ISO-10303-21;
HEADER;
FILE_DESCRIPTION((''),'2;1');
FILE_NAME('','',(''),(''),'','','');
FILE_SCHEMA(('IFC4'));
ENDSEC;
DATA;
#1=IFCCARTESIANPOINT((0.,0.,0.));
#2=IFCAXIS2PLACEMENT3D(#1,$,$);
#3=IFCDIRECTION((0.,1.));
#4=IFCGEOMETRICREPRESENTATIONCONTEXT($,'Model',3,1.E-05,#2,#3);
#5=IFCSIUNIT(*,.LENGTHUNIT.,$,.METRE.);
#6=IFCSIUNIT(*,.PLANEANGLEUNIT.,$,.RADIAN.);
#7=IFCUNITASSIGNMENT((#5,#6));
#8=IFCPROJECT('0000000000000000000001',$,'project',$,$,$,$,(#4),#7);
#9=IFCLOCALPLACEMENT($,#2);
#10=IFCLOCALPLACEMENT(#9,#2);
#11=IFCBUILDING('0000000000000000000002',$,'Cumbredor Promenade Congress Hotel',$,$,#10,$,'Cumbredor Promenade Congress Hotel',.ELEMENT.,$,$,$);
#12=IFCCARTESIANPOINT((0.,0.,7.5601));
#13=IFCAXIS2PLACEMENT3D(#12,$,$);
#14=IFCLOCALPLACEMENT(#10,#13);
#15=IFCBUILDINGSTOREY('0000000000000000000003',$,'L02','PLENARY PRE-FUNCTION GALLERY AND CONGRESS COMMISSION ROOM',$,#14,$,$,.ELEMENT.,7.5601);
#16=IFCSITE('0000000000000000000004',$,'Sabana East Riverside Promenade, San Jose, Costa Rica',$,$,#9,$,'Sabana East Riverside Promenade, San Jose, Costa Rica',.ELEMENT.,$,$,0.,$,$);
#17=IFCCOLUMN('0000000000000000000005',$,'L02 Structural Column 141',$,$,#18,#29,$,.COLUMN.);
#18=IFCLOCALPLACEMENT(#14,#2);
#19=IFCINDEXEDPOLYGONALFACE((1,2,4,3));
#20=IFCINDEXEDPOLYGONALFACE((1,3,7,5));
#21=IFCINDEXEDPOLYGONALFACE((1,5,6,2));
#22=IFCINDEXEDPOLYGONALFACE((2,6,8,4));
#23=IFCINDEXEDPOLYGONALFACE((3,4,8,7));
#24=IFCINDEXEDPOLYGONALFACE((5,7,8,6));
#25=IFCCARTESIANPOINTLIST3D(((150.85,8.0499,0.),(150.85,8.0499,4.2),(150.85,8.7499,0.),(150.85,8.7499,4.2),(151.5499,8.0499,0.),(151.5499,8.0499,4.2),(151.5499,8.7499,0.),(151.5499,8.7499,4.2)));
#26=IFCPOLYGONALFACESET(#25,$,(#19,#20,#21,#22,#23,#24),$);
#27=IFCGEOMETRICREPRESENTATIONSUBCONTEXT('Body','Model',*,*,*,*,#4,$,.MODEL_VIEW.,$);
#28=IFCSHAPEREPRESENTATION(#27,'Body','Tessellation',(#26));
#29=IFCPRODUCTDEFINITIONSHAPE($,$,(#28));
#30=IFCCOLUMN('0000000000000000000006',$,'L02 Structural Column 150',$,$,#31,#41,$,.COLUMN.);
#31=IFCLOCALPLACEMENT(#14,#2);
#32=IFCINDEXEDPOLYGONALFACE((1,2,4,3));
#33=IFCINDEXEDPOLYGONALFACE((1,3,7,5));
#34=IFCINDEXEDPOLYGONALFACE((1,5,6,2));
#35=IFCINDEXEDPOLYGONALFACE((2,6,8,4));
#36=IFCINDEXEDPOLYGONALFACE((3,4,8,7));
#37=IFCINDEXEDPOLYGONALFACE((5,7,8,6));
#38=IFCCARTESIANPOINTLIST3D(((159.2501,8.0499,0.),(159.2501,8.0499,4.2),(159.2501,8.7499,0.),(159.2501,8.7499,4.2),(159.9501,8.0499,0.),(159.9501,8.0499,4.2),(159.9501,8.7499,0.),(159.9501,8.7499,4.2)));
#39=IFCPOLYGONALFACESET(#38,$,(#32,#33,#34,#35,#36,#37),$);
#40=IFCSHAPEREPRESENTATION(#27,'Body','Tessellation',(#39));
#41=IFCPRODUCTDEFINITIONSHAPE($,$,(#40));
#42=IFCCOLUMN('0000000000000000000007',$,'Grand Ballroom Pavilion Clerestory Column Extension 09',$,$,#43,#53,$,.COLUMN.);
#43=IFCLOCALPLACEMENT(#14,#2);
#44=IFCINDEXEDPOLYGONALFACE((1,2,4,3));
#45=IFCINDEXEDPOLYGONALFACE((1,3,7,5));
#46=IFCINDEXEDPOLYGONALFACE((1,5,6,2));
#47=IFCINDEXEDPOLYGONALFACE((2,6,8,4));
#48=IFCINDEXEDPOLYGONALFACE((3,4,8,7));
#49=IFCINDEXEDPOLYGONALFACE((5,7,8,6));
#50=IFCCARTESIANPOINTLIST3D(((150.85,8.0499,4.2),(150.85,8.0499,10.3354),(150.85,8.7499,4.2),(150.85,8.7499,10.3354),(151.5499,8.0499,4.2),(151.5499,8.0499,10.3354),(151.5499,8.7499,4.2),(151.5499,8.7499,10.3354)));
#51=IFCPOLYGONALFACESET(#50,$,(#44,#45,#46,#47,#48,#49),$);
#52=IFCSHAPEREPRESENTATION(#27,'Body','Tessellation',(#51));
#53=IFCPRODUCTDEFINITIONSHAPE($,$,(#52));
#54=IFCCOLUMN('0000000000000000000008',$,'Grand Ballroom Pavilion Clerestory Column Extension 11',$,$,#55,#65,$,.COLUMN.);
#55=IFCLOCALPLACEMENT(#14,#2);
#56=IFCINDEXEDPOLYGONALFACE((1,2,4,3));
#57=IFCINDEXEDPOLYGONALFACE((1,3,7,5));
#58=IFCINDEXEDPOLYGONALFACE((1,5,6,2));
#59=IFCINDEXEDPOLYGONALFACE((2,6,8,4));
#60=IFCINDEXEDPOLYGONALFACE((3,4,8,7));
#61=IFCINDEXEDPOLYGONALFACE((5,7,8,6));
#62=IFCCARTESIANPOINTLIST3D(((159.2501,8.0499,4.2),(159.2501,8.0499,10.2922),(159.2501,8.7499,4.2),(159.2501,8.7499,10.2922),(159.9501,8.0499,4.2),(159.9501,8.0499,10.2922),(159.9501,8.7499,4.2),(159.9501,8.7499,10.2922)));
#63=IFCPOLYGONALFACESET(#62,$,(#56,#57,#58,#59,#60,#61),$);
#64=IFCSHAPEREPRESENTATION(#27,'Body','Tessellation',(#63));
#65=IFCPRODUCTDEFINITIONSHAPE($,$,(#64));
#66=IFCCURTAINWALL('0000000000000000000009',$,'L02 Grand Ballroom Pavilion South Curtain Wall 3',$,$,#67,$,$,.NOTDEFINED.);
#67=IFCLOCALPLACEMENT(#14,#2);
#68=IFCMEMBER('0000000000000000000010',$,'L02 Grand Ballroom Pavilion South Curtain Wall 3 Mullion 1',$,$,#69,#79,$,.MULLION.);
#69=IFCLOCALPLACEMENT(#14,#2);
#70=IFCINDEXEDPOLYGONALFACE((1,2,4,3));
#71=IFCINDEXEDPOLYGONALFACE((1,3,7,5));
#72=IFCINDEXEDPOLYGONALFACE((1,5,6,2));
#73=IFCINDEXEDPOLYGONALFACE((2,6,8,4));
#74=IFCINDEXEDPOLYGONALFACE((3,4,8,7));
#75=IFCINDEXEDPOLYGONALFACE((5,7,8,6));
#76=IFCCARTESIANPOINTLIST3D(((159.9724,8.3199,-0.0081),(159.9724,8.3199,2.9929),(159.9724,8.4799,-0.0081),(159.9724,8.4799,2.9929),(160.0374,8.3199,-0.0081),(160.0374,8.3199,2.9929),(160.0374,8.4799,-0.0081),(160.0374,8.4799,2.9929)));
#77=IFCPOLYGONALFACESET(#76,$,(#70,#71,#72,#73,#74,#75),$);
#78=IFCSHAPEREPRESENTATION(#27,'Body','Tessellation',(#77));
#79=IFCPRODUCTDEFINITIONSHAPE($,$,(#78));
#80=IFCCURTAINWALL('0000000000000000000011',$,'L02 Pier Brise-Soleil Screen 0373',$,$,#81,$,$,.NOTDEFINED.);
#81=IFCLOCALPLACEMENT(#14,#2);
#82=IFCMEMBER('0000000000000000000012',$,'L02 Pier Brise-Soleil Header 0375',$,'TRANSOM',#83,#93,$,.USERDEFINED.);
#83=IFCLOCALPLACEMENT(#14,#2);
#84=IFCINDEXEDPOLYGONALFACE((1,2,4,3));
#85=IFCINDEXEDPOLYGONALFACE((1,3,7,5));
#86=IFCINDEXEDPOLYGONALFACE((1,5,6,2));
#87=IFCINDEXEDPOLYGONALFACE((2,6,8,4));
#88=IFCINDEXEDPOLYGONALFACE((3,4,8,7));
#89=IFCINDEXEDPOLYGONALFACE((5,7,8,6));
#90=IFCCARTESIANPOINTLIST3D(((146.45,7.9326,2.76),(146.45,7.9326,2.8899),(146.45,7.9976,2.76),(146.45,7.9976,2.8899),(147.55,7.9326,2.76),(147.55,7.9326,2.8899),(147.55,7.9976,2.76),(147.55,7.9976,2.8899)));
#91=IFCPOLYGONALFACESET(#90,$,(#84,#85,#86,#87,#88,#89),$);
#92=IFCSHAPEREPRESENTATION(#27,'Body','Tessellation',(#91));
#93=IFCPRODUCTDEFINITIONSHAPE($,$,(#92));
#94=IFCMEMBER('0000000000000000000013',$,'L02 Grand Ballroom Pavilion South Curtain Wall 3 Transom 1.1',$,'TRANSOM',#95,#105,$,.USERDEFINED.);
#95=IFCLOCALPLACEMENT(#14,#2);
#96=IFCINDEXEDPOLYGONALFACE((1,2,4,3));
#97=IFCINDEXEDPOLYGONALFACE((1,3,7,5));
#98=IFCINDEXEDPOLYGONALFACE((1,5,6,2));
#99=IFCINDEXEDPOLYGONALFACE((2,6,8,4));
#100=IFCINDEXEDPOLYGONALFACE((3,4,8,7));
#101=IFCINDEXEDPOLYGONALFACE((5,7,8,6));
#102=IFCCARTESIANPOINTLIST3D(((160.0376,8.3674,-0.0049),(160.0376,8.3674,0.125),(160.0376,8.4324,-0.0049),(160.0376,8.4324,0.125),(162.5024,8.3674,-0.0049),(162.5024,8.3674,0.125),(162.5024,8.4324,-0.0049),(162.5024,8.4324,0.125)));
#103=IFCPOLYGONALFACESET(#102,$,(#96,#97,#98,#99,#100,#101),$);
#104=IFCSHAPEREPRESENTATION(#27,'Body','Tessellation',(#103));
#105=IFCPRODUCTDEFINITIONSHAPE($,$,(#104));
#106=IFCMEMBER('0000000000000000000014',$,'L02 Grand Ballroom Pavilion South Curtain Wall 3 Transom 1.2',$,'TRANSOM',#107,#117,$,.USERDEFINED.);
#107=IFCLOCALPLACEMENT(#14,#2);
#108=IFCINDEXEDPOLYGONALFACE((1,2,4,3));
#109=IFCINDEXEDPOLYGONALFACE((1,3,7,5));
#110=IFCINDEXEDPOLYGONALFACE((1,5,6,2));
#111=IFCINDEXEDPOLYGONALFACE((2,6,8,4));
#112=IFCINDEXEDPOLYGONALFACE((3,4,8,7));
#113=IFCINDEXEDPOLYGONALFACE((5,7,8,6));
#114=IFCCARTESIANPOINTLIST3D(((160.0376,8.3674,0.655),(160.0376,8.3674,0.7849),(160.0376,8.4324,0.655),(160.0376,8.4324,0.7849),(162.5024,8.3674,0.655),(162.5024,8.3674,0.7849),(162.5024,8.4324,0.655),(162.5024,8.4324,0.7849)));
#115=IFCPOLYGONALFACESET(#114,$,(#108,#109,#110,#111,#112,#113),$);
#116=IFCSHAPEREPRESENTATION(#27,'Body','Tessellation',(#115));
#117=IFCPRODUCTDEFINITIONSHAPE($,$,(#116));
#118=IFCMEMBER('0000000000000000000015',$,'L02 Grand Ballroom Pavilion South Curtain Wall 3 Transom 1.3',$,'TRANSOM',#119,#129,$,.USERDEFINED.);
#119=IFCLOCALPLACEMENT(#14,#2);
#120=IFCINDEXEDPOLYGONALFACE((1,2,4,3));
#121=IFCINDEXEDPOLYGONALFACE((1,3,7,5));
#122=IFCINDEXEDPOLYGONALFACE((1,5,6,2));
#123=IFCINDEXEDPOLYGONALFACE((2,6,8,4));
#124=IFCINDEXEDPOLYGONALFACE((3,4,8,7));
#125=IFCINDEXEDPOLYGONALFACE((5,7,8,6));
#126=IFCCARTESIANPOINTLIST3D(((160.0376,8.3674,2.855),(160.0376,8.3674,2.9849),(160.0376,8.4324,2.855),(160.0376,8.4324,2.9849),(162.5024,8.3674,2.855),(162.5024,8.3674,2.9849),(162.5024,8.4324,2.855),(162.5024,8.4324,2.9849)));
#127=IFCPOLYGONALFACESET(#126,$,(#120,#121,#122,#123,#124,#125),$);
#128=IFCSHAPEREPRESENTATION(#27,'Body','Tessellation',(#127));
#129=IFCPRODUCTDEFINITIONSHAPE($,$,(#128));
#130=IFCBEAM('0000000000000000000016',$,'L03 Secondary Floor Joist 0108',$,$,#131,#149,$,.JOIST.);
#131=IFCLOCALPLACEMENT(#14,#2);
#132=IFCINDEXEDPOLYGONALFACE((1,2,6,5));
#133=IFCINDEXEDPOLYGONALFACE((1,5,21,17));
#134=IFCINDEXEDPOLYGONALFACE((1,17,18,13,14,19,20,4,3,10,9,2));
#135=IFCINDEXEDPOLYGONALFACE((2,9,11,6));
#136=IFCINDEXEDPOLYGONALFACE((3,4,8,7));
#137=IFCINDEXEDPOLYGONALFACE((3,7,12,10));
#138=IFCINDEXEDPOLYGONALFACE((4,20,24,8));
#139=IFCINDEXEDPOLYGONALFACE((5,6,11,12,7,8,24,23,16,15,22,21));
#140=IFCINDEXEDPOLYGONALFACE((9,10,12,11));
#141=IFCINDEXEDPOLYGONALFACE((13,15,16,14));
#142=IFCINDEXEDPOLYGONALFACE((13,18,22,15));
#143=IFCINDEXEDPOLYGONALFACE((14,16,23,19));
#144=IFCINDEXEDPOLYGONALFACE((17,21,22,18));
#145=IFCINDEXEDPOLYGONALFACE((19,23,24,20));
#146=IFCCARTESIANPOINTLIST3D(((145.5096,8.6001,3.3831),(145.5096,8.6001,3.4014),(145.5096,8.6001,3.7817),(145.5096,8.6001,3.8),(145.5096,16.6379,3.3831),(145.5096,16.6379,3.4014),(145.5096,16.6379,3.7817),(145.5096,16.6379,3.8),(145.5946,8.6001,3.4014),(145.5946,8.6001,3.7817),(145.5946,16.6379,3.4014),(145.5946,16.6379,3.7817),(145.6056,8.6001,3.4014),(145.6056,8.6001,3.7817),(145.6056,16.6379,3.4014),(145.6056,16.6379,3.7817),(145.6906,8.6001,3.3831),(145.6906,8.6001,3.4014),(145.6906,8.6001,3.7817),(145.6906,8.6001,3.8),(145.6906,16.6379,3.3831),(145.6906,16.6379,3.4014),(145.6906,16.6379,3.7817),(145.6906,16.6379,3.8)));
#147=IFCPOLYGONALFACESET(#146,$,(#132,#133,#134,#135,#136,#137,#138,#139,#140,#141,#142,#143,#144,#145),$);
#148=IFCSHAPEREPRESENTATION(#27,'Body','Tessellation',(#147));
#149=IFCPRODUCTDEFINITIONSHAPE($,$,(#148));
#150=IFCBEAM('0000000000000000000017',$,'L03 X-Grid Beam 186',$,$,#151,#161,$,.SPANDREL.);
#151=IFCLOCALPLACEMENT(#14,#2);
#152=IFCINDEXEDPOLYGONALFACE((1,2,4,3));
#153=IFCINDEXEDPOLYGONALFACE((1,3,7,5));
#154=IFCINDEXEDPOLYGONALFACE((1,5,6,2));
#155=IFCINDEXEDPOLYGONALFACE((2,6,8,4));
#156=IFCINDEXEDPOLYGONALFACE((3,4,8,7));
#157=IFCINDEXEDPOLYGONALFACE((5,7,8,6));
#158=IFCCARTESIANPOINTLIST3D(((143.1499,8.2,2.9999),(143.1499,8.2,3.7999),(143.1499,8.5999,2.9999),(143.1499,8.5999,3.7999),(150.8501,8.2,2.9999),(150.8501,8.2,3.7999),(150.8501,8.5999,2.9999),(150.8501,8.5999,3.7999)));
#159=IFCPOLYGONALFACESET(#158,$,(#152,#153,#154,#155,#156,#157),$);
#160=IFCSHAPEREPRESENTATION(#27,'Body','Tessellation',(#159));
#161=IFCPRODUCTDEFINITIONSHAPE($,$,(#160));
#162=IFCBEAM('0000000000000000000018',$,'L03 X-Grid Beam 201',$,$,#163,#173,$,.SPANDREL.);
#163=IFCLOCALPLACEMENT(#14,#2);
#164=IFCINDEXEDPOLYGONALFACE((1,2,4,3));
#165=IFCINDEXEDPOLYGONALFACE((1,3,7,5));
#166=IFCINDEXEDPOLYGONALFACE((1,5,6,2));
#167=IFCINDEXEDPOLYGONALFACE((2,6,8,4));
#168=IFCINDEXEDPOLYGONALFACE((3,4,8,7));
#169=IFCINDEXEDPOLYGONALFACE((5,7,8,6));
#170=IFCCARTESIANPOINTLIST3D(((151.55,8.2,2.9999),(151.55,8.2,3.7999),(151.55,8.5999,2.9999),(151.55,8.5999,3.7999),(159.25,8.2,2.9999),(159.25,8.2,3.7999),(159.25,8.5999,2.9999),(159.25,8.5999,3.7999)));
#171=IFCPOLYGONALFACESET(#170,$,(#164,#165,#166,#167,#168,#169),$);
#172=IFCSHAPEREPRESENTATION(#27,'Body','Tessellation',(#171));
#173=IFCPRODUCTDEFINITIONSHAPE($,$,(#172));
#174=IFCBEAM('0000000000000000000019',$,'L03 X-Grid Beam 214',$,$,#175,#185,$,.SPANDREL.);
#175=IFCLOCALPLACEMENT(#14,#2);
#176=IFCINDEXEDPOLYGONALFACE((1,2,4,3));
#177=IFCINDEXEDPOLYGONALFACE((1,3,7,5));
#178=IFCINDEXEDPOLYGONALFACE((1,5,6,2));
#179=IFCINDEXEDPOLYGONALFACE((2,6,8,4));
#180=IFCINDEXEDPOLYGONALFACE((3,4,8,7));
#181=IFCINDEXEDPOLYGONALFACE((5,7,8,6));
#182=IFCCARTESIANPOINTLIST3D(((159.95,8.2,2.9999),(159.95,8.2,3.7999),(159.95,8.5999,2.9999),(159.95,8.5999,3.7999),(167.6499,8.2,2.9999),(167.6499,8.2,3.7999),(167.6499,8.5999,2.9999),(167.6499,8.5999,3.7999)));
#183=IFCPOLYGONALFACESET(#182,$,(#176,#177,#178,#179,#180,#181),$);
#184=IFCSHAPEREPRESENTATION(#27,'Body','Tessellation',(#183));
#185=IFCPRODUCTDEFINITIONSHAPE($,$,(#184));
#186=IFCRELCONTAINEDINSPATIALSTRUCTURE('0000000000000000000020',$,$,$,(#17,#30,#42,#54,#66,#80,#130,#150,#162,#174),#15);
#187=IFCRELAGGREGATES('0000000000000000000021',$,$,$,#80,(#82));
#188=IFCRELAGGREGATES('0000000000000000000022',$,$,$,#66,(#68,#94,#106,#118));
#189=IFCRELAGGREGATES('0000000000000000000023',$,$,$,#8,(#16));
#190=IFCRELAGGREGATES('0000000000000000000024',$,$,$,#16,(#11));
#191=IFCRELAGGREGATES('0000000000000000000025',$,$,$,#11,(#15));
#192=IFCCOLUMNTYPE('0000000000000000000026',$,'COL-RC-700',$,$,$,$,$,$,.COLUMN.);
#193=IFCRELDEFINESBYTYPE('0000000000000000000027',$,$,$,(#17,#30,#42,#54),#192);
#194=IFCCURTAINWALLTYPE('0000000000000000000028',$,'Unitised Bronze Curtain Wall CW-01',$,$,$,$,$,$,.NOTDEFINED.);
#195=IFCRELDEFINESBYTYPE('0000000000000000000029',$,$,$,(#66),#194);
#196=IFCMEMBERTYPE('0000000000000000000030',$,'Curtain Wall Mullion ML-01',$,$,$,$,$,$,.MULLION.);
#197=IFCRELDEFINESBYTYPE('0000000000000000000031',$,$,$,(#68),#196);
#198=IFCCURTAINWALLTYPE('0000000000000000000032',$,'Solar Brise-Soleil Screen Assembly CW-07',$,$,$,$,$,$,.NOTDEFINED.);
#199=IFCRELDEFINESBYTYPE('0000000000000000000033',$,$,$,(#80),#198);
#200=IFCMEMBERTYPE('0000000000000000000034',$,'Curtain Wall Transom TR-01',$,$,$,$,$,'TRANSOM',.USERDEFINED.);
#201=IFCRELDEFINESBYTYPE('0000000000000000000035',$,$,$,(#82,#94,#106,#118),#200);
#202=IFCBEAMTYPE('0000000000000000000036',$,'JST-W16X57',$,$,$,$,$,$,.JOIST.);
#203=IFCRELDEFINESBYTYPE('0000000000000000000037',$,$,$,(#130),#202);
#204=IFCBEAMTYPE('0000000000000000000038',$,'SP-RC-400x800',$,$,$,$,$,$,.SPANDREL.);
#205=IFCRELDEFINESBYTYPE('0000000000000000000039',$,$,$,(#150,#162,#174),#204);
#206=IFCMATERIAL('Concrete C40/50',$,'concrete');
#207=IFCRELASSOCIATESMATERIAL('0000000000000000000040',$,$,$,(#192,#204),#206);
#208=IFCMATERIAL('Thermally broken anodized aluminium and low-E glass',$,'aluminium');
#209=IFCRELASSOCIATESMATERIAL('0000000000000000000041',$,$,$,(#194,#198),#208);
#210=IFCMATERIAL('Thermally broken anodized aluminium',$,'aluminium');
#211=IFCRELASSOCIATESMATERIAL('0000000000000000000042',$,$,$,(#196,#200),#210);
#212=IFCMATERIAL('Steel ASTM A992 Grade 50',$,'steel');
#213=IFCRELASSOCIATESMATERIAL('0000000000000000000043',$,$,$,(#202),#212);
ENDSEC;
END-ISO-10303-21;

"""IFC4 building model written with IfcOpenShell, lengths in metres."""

from ifc_helpers import new_model, si_unit, direction, frame, origin, origin_2d, place, context, subcontext, project, spatial, rectangle, i_section, extrude, material, material_profile, profile_set, type_object, element, aggregate, save


model = new_model("IFC4")

# Units and contexts
model_context = context("Model", 3, precision=1e-05, world=origin(), true_north=direction((0.0, 1.0)))
body_context = subcontext(model_context, "Body", "Model", "MODEL_VIEW")
ifc_project = project(units=[si_unit("LENGTHUNIT", "METRE"), si_unit("PLANEANGLEUNIT", "RADIAN")], contexts=[model_context])

# Site, building, storey
site_placement = place(None, origin())
site = spatial("IfcSite", under=ifc_project, at=site_placement, Name="Sabana East Riverside Promenade, San Jose, Costa Rica", LongName="Sabana East Riverside Promenade, San Jose, Costa Rica", CompositionType="ELEMENT", RefElevation=0.0)
building_placement = place(site_placement, origin())
building = spatial("IfcBuilding", under=site, at=building_placement, Name="Cumbredor Promenade Congress Hotel", LongName="Cumbredor Promenade Congress Hotel", CompositionType="ELEMENT")
storey_placement = place(building_placement, frame((0.0, 0.0, 7.5601)))
storey = spatial("IfcBuildingStorey", under=building, at=storey_placement, Name="L02", Description="PLENARY PRE-FUNCTION GALLERY AND CONGRESS COMMISSION ROOM", CompositionType="ELEMENT", Elevation=7.5601)

# Columns
ifc_material_1 = material(Name="Concrete C40/50", Category="concrete")
ifc_material_profile_1 = material_profile(ifc_material_1, rectangle(XDim=0.7, YDim=0.7, at=origin_2d()), Name="RC 700x700")
ifc_profile_set_1 = profile_set([ifc_material_profile_1], Name="Concrete C40/50")
column_type = type_object("IfcColumnType", Name="COL-RC-700", PredefinedType="COLUMN", material=ifc_profile_set_1)
for number, where, z_axis, x_axis, name in (
    (1, (151.2, 8.3999, 0.0), (0.0, 0.0, 1.0), (1.0, 0.0, 0.0), "L02 Structural Column 141"),
    (2, (159.6001, 8.3999, 0.0), (0.0, 0.0, 1.0), (1.0, 0.0, 0.0), "L02 Structural Column 150"),
):
    element("IfcColumn", number, at=place(storey_placement, frame(where, z_axis=z_axis, x_axis=x_axis)), inside=storey, type_object=column_type, Name=name, PredefinedType="COLUMN", context=body_context, shape_type="SweptSolid", body=[
        extrude(rectangle(XDim=0.7, YDim=0.7, at=origin_2d()), origin(), (0.0, 0.0, 1.0), 4.2),
    ])
column_1_placement = place(storey_placement, frame((151.2, 8.3999, 4.2), z_axis=(0.0, 0.0, 1.0), x_axis=(1.0, 0.0, 0.0)))
element("IfcColumn", 3, at=column_1_placement, inside=storey, type_object=column_type, Name="Grand Ballroom Pavilion Clerestory Column Extension 09", PredefinedType="COLUMN", context=body_context, shape_type="SweptSolid", body=[
    extrude(rectangle(XDim=0.7, YDim=0.7, at=origin_2d()), origin(), (0.0, 0.0, 1.0), 6.1355),
])
column_2_placement = place(storey_placement, frame((159.6001, 8.3999, 4.2), z_axis=(0.0, 0.0, 1.0), x_axis=(1.0, 0.0, 0.0)))
element("IfcColumn", 4, at=column_2_placement, inside=storey, type_object=column_type, Name="Grand Ballroom Pavilion Clerestory Column Extension 11", PredefinedType="COLUMN", context=body_context, shape_type="SweptSolid", body=[
    extrude(rectangle(XDim=0.7, YDim=0.7, at=origin_2d()), origin(), (0.0, 0.0, 1.0), 6.0923),
])

# Curtain walls, members
ifc_material_2 = material(Name="Thermally broken anodized aluminium and low-E glass", Category="aluminium")
curtain_wall_type_1 = type_object("IfcCurtainWallType", Name="Unitised Bronze Curtain Wall CW-01", PredefinedType="NOTDEFINED", material=ifc_material_2)
curtain_wall_1_placement = place(storey_placement, origin())
curtain_wall_1 = element("IfcCurtainWall", 5, at=curtain_wall_1_placement, inside=storey, type_object=curtain_wall_type_1, Name="L02 Grand Ballroom Pavilion South Curtain Wall 3", PredefinedType="NOTDEFINED")
ifc_material_3 = material(Name="Thermally broken anodized aluminium", Category="aluminium")
ifc_material_profile_2 = material_profile(ifc_material_3, rectangle(XDim=0.0649, YDim=0.1599, at=origin_2d()), Name="ALU MULLION 65x160")
ifc_profile_set_2 = profile_set([ifc_material_profile_2], Name="Thermally broken anodized aluminium")
member_type_1 = type_object("IfcMemberType", Name="Curtain Wall Mullion ML-01", PredefinedType="MULLION", material=ifc_profile_set_2)
member_1_placement = place(storey_placement, frame((160.0049, 8.3999, -0.0081), z_axis=(0.0, 0.0, 1.0), x_axis=(1.0, 0.0, 0.0)))
member_1 = element("IfcMember", 6, at=member_1_placement, type_object=member_type_1, Name="L02 Grand Ballroom Pavilion South Curtain Wall 3 Mullion 1", PredefinedType="MULLION", context=body_context, shape_type="SweptSolid", body=[
    extrude(rectangle(XDim=0.0649, YDim=0.1599, at=origin_2d()), origin(), (0.0, 0.0, 1.0), 3.001),
])
curtain_wall_type_2 = type_object("IfcCurtainWallType", Name="Solar Brise-Soleil Screen Assembly CW-07", PredefinedType="NOTDEFINED", material=ifc_material_2)
curtain_wall_2_placement = place(storey_placement, origin())
curtain_wall_2 = element("IfcCurtainWall", 7, at=curtain_wall_2_placement, inside=storey, type_object=curtain_wall_type_2, Name="L02 Pier Brise-Soleil Screen 0373", PredefinedType="NOTDEFINED")
ifc_material_profile_3 = material_profile(ifc_material_3, rectangle(XDim=0.0649, YDim=0.1299, at=origin_2d()), Name="ALU TRANSOM 65x130")
ifc_profile_set_3 = profile_set([ifc_material_profile_3], Name="Thermally broken anodized aluminium")
member_type_2 = type_object("IfcMemberType", Name="Curtain Wall Transom TR-01", ElementType="TRANSOM", PredefinedType="USERDEFINED", material=ifc_profile_set_3)
member_2_placement = place(storey_placement, frame((146.45, 7.9651, 2.825), z_axis=(1.0, 0.0, 0.0), x_axis=(0.0, 1.0, 0.0)))
member_2 = element("IfcMember", 8, at=member_2_placement, type_object=member_type_2, Name="L02 Pier Brise-Soleil Header 0375", ObjectType="TRANSOM", PredefinedType="USERDEFINED", context=body_context, shape_type="SweptSolid", body=[
    extrude(rectangle(XDim=0.0649, YDim=0.1299, at=origin_2d()), origin(), (0.0, 0.0, 1.0), 1.1001),
])

# Members
member_3_placement = place(storey_placement, frame((160.0376, 8.3999, 0.0601), z_axis=(1.0, 0.0, 0.0), x_axis=(0.0, 1.0, 0.0)))
member_3 = element("IfcMember", 9, at=member_3_placement, type_object=member_type_2, Name="L02 Grand Ballroom Pavilion South Curtain Wall 3 Transom 1.1", ObjectType="TRANSOM", PredefinedType="USERDEFINED", context=body_context, shape_type="SweptSolid", body=[
    extrude(rectangle(XDim=0.0649, YDim=0.1299, at=origin_2d()), origin(), (0.0, 0.0, 1.0), 2.4648),
])
member_4_placement = place(storey_placement, frame((160.0376, 8.3999, 0.72), z_axis=(1.0, 0.0, 0.0), x_axis=(0.0, 1.0, 0.0)))
member_4 = element("IfcMember", 10, at=member_4_placement, type_object=member_type_2, Name="L02 Grand Ballroom Pavilion South Curtain Wall 3 Transom 1.2", ObjectType="TRANSOM", PredefinedType="USERDEFINED", context=body_context, shape_type="SweptSolid", body=[
    extrude(rectangle(XDim=0.0649, YDim=0.1299, at=origin_2d()), origin(), (0.0, 0.0, 1.0), 2.4648),
])
member_5_placement = place(storey_placement, frame((160.0376, 8.3999, 2.9199), z_axis=(1.0, 0.0, 0.0), x_axis=(0.0, 1.0, 0.0)))
member_5 = element("IfcMember", 11, at=member_5_placement, type_object=member_type_2, Name="L02 Grand Ballroom Pavilion South Curtain Wall 3 Transom 1.3", ObjectType="TRANSOM", PredefinedType="USERDEFINED", context=body_context, shape_type="SweptSolid", body=[
    extrude(rectangle(XDim=0.0649, YDim=0.1299, at=origin_2d()), origin(), (0.0, 0.0, 1.0), 2.4648),
])

# Beams
ifc_material_4 = material(Name="Steel ASTM A992 Grade 50", Category="steel")
ifc_material_profile_4 = material_profile(ifc_material_4, i_section(OverallWidth=0.1809, OverallDepth=0.417, WebThickness=0.011, FlangeThickness=0.0183, at=origin_2d()), Name="W16X57")
ifc_profile_set_4 = profile_set([ifc_material_profile_4], Name="Steel ASTM A992 Grade 50")
beam_type_1 = type_object("IfcBeamType", Name="JST-W16X57", PredefinedType="JOIST", material=ifc_profile_set_4)
beam_1_placement = place(storey_placement, frame((145.6001, 8.6001, 3.5916), z_axis=(0.0, 1.0, 0.0), x_axis=(-1.0, 0.0, 0.0)))
element("IfcBeam", 12, at=beam_1_placement, inside=storey, type_object=beam_type_1, Name="L03 Secondary Floor Joist 0108", PredefinedType="JOIST", context=body_context, shape_type="SweptSolid", body=[
    extrude(i_section(OverallWidth=0.1809, OverallDepth=0.417, WebThickness=0.011, FlangeThickness=0.0183, at=origin_2d()), origin(), (0.0, 0.0, 1.0), 8.0378),
])
ifc_material_profile_5 = material_profile(ifc_material_1, rectangle(XDim=0.3999, YDim=0.8, at=origin_2d()), Name="RC SPANDREL 400x800")
ifc_profile_set_5 = profile_set([ifc_material_profile_5], Name="Concrete C40/50")
beam_type_2 = type_object("IfcBeamType", Name="SP-RC-400x800", PredefinedType="SPANDREL", material=ifc_profile_set_5)
beam_2_placement = place(storey_placement, frame((143.1499, 8.3999, 3.3999), z_axis=(1.0, 0.0, 0.0), x_axis=(0.0, 1.0, 0.0)))
element("IfcBeam", 13, at=beam_2_placement, inside=storey, type_object=beam_type_2, Name="L03 X-Grid Beam 186", PredefinedType="SPANDREL", context=body_context, shape_type="SweptSolid", body=[
    extrude(rectangle(XDim=0.3999, YDim=0.8, at=origin_2d()), origin(), (0.0, 0.0, 1.0), 7.7002),
])
for number, where, z_axis, x_axis, name in (
    (14, (151.55, 8.3999, 3.3999), (1.0, 0.0, 0.0), (0.0, 1.0, 0.0), "L03 X-Grid Beam 201"),
    (15, (159.95, 8.3999, 3.3999), (1.0, 0.0, 0.0), (0.0, 1.0, 0.0), "L03 X-Grid Beam 214"),
):
    element("IfcBeam", number, at=place(storey_placement, frame(where, z_axis=z_axis, x_axis=x_axis)), inside=storey, type_object=beam_type_2, Name=name, PredefinedType="SPANDREL", context=body_context, shape_type="SweptSolid", body=[
        extrude(rectangle(XDim=0.3999, YDim=0.8, at=origin_2d()), origin(), (0.0, 0.0, 1.0), 7.7),
    ])

aggregate(curtain_wall_2, [member_2])

aggregate(curtain_wall_1, [member_1, member_3, member_4, member_5])

save(model, "model.ifc")
